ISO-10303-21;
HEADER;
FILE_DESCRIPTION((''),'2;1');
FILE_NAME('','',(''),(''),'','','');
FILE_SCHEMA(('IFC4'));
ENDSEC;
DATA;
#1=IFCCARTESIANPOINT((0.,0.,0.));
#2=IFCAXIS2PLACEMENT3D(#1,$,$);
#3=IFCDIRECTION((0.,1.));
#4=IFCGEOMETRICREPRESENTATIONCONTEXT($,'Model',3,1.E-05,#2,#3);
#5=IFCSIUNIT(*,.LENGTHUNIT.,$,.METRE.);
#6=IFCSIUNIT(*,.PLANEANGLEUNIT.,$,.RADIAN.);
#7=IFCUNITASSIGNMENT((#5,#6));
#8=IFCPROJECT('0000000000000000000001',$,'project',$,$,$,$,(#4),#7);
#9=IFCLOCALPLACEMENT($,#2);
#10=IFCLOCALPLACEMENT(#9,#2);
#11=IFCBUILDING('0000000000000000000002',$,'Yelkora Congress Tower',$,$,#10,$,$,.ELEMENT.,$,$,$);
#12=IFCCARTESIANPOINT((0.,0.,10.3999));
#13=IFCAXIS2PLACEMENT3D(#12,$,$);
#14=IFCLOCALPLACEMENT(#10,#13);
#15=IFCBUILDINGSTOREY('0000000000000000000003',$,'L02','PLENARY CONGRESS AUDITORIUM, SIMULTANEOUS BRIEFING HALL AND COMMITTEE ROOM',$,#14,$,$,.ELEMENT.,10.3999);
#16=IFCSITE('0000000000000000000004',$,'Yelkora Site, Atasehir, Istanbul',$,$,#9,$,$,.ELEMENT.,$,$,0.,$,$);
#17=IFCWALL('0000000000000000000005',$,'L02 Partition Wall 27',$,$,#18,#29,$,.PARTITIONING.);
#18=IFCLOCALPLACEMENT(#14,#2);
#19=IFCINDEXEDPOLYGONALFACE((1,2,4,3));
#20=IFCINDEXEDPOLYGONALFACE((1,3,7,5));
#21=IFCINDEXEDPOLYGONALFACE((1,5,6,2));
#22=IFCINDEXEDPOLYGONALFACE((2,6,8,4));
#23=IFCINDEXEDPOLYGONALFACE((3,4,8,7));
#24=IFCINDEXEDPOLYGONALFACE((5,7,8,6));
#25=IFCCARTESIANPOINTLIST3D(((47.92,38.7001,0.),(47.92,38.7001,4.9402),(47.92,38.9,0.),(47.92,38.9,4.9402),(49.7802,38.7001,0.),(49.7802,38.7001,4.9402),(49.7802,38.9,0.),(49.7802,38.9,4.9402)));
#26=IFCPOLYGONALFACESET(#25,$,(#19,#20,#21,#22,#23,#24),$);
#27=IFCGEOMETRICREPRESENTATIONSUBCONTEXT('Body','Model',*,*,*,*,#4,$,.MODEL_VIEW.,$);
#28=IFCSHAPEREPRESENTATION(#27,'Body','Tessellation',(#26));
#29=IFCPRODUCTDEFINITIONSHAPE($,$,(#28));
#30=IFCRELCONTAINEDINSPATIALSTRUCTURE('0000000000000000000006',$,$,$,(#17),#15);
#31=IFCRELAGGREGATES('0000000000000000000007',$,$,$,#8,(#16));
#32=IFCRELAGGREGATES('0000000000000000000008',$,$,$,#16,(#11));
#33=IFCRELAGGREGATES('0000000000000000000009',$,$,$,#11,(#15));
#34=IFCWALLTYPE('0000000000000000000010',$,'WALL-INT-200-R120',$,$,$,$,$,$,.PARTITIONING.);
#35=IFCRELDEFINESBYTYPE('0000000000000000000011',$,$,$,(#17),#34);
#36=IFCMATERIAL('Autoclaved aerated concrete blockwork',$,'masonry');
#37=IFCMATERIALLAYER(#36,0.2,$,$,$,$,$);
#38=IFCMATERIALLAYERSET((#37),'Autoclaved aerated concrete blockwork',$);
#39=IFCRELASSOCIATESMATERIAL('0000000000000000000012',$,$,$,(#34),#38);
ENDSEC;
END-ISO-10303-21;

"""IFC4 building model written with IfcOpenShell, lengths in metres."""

from ifc_helpers import new_model, si_unit, direction, frame, frame_2d, origin, place, context, subcontext, project, spatial, rectangle, extrude, material, layer, layer_set, type_object, element, save


model = new_model("IFC4")

# Units and contexts
model_context = context("Model", 3, precision=1e-05, world=origin(), true_north=direction((0.0, 1.0)))
body_context = subcontext(model_context, "Body", "Model", "MODEL_VIEW")
ifc_project = project(units=[si_unit("LENGTHUNIT", "METRE"), si_unit("PLANEANGLEUNIT", "RADIAN")], contexts=[model_context])

# Site, building, storey
site_placement = place(None, origin())
site = spatial("IfcSite", under=ifc_project, at=site_placement, Name="Yelkora Site, Atasehir, Istanbul", CompositionType="ELEMENT", RefElevation=0.0)
building_placement = place(site_placement, origin())
building = spatial("IfcBuilding", under=site, at=building_placement, Name="Yelkora Congress Tower", CompositionType="ELEMENT")
storey_placement = place(building_placement, frame((0.0, 0.0, 10.3999)))
storey = spatial("IfcBuildingStorey", under=building, at=storey_placement, Name="L02", Description="PLENARY CONGRESS AUDITORIUM, SIMULTANEOUS BRIEFING HALL AND COMMITTEE ROOM", CompositionType="ELEMENT", Elevation=10.3999)

# Shared definitions
ifc_material_1 = material(Name="Autoclaved aerated concrete blockwork", Category="masonry")
ifc_layer_1 = layer(ifc_material_1, 0.2)
ifc_layer_set_1 = layer_set([ifc_layer_1], Name="Autoclaved aerated concrete blockwork")
wall_type_1 = type_object("IfcWallType", Name="WALL-INT-200-R120", PredefinedType="PARTITIONING", material=ifc_layer_set_1)

# Wall
wall_1_placement = place(storey_placement, frame((47.9199, 38.8, 0.0), z_axis=(0.0, 0.0, 1.0), x_axis=(1.0, 0.0, 0.0)))
element("IfcWall", 1, at=wall_1_placement, inside=storey, type_object=wall_type_1, Name="L02 Partition Wall 27", PredefinedType="PARTITIONING", context=body_context, shape_type="SweptSolid", body=[
    extrude(rectangle(XDim=1.8601, YDim=0.2, at=frame_2d((0.9302, 0.0))), origin(), (0.0, 0.0, 1.0), 4.9402),
])

save(model, "model.ifc")
